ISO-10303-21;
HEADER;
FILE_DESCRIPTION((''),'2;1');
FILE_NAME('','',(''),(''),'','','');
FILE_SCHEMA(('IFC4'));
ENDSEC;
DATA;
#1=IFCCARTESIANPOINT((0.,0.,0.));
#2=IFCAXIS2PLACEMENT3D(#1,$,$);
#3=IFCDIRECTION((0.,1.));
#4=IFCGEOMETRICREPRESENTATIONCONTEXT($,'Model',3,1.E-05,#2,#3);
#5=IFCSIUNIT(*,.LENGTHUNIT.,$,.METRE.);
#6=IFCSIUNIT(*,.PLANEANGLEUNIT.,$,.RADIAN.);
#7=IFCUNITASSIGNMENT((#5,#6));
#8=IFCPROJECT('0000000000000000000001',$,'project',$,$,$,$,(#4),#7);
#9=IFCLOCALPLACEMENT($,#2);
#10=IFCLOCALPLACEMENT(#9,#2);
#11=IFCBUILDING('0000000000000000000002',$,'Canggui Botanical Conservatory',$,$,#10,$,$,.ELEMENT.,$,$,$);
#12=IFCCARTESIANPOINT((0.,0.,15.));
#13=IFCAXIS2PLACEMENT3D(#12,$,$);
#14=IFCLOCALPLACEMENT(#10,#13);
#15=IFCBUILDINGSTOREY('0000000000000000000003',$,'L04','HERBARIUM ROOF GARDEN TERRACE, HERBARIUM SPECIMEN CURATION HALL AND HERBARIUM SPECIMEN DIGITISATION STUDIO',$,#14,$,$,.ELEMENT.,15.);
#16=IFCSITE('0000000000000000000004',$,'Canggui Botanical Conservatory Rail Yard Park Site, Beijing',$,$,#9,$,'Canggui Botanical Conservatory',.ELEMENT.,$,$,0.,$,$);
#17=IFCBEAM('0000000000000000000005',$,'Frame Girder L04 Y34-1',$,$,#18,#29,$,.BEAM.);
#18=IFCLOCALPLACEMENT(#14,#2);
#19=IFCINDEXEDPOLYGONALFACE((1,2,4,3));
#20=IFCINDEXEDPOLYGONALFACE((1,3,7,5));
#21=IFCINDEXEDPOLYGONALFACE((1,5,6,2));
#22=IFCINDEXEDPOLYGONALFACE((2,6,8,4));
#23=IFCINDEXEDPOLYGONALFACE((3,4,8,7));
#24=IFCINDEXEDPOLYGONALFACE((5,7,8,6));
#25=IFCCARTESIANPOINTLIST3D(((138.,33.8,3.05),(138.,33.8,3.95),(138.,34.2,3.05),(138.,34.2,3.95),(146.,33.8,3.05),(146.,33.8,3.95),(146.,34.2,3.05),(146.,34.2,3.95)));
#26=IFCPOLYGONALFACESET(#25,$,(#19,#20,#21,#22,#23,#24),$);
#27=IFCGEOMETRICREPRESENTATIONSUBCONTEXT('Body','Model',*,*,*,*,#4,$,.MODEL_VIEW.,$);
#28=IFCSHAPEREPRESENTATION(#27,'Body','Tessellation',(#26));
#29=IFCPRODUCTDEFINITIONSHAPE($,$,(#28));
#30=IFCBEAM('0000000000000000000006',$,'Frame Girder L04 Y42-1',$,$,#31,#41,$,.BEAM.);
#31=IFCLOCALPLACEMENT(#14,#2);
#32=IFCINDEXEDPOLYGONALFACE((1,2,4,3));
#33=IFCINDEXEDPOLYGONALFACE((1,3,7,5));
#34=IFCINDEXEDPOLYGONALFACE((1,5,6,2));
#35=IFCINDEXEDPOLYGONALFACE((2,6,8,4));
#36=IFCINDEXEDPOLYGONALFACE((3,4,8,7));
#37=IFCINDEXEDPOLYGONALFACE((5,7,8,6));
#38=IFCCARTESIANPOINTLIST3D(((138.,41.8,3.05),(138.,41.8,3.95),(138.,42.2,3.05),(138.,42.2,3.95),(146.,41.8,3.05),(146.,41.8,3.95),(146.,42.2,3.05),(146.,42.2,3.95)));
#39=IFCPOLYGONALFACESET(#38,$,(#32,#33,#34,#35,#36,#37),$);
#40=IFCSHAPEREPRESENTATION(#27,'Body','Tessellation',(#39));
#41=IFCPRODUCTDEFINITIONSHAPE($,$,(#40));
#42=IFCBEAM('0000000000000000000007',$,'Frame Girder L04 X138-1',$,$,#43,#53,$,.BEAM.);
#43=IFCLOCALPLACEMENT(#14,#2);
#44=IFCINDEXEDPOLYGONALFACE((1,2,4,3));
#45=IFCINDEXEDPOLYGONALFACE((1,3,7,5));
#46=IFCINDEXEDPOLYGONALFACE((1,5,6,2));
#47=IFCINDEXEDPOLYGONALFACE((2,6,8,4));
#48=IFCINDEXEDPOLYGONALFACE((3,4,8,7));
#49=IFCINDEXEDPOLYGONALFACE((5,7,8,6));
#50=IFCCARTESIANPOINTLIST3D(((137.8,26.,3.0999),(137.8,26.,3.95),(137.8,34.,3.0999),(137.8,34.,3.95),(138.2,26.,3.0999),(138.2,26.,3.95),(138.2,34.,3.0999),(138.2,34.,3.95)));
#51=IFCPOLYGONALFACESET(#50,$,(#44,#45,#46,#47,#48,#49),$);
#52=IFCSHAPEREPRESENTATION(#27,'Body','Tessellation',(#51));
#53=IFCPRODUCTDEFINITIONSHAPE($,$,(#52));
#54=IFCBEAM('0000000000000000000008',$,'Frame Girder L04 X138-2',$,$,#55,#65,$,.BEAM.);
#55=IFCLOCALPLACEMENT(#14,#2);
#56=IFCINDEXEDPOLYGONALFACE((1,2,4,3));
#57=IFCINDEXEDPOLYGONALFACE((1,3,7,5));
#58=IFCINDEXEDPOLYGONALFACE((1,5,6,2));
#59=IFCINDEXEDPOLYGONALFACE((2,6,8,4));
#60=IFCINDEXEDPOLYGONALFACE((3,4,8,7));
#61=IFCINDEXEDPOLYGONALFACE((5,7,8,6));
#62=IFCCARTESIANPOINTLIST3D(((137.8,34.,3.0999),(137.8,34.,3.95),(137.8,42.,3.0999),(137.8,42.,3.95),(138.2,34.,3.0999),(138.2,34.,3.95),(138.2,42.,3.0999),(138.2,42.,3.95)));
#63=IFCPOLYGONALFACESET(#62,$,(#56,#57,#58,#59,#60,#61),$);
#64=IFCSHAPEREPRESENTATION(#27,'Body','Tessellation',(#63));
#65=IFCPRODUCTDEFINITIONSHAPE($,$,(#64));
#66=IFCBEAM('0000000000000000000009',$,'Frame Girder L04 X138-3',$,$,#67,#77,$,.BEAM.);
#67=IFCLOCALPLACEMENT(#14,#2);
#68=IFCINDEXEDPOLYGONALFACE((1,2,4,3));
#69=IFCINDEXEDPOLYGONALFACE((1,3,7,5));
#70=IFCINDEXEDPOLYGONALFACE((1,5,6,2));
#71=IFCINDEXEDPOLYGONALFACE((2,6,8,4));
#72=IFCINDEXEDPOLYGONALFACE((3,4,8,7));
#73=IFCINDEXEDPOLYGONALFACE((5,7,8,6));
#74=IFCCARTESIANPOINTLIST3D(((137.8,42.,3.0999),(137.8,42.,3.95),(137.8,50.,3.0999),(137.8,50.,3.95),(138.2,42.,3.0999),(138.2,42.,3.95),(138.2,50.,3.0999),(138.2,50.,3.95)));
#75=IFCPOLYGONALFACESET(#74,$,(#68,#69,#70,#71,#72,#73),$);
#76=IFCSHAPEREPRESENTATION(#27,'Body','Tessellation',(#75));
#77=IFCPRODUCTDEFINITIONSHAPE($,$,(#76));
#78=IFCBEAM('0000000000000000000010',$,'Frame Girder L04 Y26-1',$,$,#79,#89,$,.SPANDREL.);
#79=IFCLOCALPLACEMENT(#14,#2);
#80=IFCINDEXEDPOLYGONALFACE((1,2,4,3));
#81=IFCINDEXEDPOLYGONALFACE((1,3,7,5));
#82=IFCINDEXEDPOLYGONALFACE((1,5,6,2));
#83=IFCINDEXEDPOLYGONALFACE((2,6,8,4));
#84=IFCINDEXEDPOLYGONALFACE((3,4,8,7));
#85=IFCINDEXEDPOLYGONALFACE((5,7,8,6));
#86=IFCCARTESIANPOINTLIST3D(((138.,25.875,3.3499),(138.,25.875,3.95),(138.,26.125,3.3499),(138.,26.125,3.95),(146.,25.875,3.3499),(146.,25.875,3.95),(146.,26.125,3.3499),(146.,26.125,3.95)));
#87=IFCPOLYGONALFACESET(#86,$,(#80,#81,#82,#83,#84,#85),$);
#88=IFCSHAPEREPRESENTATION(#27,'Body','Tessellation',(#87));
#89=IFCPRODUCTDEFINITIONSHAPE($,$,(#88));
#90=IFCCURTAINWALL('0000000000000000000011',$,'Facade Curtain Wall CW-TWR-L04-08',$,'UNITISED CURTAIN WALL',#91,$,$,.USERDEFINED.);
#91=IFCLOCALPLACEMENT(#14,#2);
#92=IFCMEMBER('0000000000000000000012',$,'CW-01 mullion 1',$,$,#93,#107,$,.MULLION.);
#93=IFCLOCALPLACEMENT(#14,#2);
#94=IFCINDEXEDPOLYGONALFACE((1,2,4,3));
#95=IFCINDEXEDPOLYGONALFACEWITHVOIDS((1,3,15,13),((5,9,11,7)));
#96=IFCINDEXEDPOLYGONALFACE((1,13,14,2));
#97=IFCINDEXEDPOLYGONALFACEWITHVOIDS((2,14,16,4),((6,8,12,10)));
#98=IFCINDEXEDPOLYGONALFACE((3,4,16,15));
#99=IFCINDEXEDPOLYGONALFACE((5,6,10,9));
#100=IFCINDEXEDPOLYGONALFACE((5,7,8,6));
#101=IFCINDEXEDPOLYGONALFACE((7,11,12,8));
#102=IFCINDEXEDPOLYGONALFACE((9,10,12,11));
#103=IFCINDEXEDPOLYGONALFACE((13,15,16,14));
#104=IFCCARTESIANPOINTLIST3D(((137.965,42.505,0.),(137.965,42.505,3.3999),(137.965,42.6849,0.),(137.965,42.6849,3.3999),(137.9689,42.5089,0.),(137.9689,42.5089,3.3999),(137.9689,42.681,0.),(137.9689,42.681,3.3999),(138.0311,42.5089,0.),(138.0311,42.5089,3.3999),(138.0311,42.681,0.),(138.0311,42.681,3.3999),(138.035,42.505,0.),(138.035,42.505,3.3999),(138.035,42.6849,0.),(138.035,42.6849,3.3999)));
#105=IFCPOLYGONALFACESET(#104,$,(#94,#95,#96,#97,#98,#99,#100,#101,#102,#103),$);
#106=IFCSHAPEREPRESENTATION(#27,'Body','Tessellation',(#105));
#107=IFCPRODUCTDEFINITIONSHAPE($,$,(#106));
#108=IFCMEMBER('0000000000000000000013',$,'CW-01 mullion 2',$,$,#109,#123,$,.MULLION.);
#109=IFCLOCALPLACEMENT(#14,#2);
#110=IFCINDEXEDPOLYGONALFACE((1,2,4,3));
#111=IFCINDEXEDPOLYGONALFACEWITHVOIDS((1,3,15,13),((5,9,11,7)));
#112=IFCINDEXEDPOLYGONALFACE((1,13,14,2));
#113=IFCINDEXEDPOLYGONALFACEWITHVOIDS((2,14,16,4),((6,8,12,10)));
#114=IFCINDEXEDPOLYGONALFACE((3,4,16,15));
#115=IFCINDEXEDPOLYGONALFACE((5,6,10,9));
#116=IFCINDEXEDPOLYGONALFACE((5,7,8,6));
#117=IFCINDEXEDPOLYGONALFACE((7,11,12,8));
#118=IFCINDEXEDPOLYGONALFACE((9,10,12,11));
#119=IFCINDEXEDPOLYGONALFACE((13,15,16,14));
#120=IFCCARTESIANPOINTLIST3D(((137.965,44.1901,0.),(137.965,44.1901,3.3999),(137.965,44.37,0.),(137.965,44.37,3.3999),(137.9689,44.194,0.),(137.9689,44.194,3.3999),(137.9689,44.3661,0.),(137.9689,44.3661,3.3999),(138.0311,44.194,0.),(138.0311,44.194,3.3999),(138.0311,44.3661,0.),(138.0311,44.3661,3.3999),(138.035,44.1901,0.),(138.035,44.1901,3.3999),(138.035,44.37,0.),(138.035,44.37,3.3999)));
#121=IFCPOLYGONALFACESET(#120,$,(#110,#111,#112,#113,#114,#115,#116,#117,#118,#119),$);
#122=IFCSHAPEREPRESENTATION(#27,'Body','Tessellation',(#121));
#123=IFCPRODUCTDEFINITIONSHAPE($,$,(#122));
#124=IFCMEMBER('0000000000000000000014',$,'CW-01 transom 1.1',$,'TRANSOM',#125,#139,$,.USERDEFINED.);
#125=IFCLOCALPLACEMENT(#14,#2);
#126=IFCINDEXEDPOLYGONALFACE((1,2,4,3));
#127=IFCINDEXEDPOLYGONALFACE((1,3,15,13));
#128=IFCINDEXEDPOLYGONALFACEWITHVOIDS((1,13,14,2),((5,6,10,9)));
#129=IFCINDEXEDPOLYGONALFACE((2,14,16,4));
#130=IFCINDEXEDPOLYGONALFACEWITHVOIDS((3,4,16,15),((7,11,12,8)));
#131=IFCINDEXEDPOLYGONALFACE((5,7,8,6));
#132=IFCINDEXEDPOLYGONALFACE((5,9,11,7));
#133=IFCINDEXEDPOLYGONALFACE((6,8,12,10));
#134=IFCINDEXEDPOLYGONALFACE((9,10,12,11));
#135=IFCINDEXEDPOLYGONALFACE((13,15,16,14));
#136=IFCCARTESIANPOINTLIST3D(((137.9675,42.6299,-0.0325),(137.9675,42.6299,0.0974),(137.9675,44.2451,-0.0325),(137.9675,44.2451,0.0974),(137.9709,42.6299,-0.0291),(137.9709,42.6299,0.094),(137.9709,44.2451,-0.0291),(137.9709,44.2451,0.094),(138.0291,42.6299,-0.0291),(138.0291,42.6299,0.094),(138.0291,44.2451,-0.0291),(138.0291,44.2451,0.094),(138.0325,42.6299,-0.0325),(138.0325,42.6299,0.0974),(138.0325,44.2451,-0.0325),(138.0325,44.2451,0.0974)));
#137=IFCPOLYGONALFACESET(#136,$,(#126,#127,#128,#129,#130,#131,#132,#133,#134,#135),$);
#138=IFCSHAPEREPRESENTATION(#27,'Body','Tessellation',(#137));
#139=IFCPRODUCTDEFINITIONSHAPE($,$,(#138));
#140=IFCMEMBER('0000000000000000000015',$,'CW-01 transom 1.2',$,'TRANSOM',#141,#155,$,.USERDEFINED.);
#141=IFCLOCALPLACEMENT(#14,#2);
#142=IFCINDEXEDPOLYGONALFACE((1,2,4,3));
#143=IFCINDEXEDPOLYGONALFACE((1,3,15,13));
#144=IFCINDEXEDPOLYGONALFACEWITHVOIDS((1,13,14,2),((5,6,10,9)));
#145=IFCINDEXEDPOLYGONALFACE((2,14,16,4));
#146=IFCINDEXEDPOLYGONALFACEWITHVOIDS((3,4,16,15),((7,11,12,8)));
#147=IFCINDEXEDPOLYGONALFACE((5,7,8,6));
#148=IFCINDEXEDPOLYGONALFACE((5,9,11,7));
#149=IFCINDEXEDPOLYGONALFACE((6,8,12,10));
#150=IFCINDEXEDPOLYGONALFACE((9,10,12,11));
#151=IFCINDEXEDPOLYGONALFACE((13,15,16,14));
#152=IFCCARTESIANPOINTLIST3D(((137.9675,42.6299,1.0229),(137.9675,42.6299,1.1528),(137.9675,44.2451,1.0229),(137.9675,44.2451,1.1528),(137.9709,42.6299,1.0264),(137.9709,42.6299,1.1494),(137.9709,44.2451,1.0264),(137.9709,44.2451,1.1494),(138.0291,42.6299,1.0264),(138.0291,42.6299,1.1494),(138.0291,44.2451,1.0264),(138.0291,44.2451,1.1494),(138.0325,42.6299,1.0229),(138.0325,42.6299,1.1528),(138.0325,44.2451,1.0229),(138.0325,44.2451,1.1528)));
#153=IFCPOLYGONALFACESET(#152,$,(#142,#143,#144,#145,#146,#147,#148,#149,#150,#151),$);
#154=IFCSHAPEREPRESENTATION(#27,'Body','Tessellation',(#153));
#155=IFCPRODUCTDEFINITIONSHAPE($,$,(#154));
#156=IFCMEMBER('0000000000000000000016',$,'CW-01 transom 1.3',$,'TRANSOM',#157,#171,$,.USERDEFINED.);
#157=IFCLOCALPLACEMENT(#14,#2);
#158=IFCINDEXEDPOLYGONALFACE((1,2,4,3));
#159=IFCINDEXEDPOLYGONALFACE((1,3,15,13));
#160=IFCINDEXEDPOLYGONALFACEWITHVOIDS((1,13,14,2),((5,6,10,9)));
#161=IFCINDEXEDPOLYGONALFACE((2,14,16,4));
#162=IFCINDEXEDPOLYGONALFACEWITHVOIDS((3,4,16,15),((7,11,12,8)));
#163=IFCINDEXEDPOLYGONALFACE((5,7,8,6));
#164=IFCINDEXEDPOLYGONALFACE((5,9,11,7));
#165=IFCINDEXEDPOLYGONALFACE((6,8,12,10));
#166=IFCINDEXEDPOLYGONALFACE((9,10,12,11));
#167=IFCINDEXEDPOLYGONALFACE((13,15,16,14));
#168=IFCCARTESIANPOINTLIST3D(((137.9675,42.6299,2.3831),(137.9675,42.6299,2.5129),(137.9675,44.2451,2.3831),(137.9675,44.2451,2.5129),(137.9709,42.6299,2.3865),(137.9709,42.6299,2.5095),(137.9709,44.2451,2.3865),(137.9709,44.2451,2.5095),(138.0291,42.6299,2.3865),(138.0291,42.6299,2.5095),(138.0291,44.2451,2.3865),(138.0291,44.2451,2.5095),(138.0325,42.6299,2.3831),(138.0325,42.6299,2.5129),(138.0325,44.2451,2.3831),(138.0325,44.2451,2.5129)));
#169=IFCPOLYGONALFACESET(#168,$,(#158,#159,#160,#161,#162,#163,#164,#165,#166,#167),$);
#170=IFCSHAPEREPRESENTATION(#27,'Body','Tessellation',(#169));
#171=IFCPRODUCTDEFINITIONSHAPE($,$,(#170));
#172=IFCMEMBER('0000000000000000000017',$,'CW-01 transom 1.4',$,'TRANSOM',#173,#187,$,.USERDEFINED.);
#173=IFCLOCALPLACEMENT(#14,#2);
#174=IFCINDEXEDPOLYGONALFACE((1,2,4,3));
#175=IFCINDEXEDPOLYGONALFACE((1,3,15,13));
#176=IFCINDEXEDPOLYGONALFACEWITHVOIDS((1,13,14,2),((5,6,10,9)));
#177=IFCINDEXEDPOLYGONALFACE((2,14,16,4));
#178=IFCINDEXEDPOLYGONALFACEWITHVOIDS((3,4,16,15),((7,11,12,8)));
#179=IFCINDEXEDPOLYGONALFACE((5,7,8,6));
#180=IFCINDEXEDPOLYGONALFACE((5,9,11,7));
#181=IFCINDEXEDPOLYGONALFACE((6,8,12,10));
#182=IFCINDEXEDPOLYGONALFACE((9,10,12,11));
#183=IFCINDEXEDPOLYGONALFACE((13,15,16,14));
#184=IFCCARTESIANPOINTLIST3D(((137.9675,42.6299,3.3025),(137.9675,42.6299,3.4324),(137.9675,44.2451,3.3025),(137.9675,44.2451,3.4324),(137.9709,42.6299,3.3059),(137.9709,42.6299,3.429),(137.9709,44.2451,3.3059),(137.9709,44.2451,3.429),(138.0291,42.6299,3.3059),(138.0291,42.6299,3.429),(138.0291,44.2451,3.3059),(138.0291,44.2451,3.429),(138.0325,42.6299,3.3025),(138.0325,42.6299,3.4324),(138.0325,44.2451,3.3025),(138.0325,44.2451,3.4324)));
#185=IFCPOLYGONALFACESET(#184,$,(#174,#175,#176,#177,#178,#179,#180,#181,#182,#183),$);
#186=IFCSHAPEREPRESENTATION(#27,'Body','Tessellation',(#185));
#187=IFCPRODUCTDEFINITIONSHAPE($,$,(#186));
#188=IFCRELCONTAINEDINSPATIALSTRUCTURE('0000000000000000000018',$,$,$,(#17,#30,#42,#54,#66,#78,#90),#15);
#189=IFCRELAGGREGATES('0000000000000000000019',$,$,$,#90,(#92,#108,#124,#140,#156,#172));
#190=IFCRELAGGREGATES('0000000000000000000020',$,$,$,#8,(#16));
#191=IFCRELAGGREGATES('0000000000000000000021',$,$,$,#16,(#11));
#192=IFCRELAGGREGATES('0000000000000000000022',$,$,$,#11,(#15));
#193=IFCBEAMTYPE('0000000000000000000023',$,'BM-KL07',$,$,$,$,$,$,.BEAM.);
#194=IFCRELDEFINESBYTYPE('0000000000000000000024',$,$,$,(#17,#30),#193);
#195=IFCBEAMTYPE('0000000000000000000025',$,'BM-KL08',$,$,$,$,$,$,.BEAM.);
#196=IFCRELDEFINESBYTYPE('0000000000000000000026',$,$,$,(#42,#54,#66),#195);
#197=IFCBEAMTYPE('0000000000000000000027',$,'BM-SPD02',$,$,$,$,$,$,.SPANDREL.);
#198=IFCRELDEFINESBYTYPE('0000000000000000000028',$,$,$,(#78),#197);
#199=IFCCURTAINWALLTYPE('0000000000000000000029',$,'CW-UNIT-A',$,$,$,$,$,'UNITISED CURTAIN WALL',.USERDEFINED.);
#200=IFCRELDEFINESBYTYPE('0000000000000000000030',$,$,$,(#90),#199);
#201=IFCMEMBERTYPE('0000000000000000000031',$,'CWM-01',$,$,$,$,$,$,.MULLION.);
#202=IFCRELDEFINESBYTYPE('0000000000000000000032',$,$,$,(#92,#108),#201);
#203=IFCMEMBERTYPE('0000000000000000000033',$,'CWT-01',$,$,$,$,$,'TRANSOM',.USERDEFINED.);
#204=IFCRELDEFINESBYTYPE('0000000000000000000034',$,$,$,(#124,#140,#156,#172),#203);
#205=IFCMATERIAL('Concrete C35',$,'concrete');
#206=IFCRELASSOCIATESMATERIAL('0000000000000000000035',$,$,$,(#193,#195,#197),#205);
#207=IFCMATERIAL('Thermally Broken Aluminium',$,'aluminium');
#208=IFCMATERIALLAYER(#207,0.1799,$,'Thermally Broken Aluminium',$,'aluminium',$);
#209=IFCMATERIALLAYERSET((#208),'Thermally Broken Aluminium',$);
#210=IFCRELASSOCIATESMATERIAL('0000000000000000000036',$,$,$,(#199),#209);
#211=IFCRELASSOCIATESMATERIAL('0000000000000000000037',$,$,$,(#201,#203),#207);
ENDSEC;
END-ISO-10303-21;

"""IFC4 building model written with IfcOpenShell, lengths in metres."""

from ifc_helpers import new_model, si_unit, direction, frame, origin, origin_2d, place, context, subcontext, project, spatial, rectangle, hollow_rectangle, extrude, material, layer, layer_set, material_profile, profile_set, type_object, element, aggregate, save


model = new_model("IFC4")

# Units and contexts
model_context = context("Model", 3, precision=1e-05, world=origin(), true_north=direction((0.0, 1.0)))
body_context = subcontext(model_context, "Body", "Model", "MODEL_VIEW")
ifc_project = project(units=[si_unit("LENGTHUNIT", "METRE"), si_unit("PLANEANGLEUNIT", "RADIAN")], contexts=[model_context])

# Site, building, storey
site_placement = place(None, origin())
site = spatial("IfcSite", under=ifc_project, at=site_placement, Name="Canggui Botanical Conservatory Rail Yard Park Site, Beijing", LongName="Canggui Botanical Conservatory", CompositionType="ELEMENT", RefElevation=0.0)
building_placement = place(site_placement, origin())
building = spatial("IfcBuilding", under=site, at=building_placement, Name="Canggui Botanical Conservatory", CompositionType="ELEMENT")
storey_placement = place(building_placement, frame((0.0, 0.0, 15.0)))
storey = spatial("IfcBuildingStorey", under=building, at=storey_placement, Name="L04", Description="HERBARIUM ROOF GARDEN TERRACE, HERBARIUM SPECIMEN CURATION HALL AND HERBARIUM SPECIMEN DIGITISATION STUDIO", CompositionType="ELEMENT", Elevation=15.0)

# Beams
ifc_material_1 = material(Name="Concrete C35", Category="concrete")
ifc_material_profile_1 = material_profile(ifc_material_1, rectangle(XDim=0.3999, YDim=0.8999, at=origin_2d()), Name="RB 400x900")
ifc_profile_set_1 = profile_set([ifc_material_profile_1], Name="Concrete C35")
beam_type_1 = type_object("IfcBeamType", Name="BM-KL07", PredefinedType="BEAM", material=ifc_profile_set_1)
for number, where, z_axis, x_axis, name in (
    (1, (138.0, 34.0, 3.5), (1.0, 0.0, 0.0), (0.0, 1.0, 0.0), "Frame Girder L04 Y34-1"),
    (2, (138.0, 42.0, 3.5), (1.0, 0.0, 0.0), (0.0, 1.0, 0.0), "Frame Girder L04 Y42-1"),
):
    element("IfcBeam", number, at=place(storey_placement, frame(where, z_axis=z_axis, x_axis=x_axis)), inside=storey, type_object=beam_type_1, Name=name, PredefinedType="BEAM", context=body_context, shape_type="SweptSolid", body=[
        extrude(rectangle(XDim=0.3999, YDim=0.8999, at=origin_2d()), origin(), (0.0, 0.0, 1.0), 8.0),
    ])
ifc_material_profile_2 = material_profile(ifc_material_1, rectangle(XDim=0.3999, YDim=0.8501, at=origin_2d()), Name="RB 400x850")
ifc_profile_set_2 = profile_set([ifc_material_profile_2], Name="Concrete C35")
beam_type_2 = type_object("IfcBeamType", Name="BM-KL08", PredefinedType="BEAM", material=ifc_profile_set_2)
for number, where, z_axis, x_axis, name in (
    (3, (138.0, 26.0, 3.5249), (0.0, 1.0, 0.0), (-1.0, 0.0, 0.0), "Frame Girder L04 X138-1"),
    (4, (138.0, 34.0, 3.5249), (0.0, 1.0, 0.0), (-1.0, 0.0, 0.0), "Frame Girder L04 X138-2"),
    (5, (138.0, 42.0, 3.5249), (0.0, 1.0, 0.0), (-1.0, 0.0, 0.0), "Frame Girder L04 X138-3"),
):
    element("IfcBeam", number, at=place(storey_placement, frame(where, z_axis=z_axis, x_axis=x_axis)), inside=storey, type_object=beam_type_2, Name=name, PredefinedType="BEAM", context=body_context, shape_type="SweptSolid", body=[
        extrude(rectangle(XDim=0.3999, YDim=0.8501, at=origin_2d()), origin(), (0.0, 0.0, 1.0), 8.0),
    ])
ifc_material_profile_3 = material_profile(ifc_material_1, rectangle(XDim=0.25, YDim=0.6001, at=origin_2d()), Name="RB 250x600")
ifc_profile_set_3 = profile_set([ifc_material_profile_3], Name="Concrete C35")
beam_type_3 = type_object("IfcBeamType", Name="BM-SPD02", PredefinedType="SPANDREL", material=ifc_profile_set_3)
beam_placement = place(storey_placement, frame((138.0, 26.0, 3.6499), z_axis=(1.0, 0.0, 0.0), x_axis=(0.0, 1.0, 0.0)))
element("IfcBeam", 6, at=beam_placement, inside=storey, type_object=beam_type_3, Name="Frame Girder L04 Y26-1", PredefinedType="SPANDREL", context=body_context, shape_type="SweptSolid", body=[
    extrude(rectangle(XDim=0.25, YDim=0.6001, at=origin_2d()), origin(), (0.0, 0.0, 1.0), 8.0),
])

# Curtain wall, members
ifc_material_2 = material(Name="Thermally Broken Aluminium", Category="aluminium")
ifc_layer_1 = layer(ifc_material_2, 0.1799, Name="Thermally Broken Aluminium", Category="aluminium")
ifc_layer_set_1 = layer_set([ifc_layer_1], Name="Thermally Broken Aluminium")
curtain_wall_type = type_object("IfcCurtainWallType", Name="CW-UNIT-A", ElementType="UNITISED CURTAIN WALL", PredefinedType="USERDEFINED", material=ifc_layer_set_1)
curtain_wall_placement = place(storey_placement, origin())
curtain_wall = element("IfcCurtainWall", 7, at=curtain_wall_placement, inside=storey, type_object=curtain_wall_type, Name="Facade Curtain Wall CW-TWR-L04-08", ObjectType="UNITISED CURTAIN WALL", PredefinedType="USERDEFINED")
ifc_material_profile_4 = material_profile(ifc_material_2, hollow_rectangle(XDim=0.0701, YDim=0.1799, WallThickness=0.0039, at=origin_2d()), Name="CWM 70x180x4")
ifc_profile_set_4 = profile_set([ifc_material_profile_4], Name="Thermally Broken Aluminium")
member_type_1 = type_object("IfcMemberType", Name="CWM-01", PredefinedType="MULLION", material=ifc_profile_set_4)
member_1_placement = place(storey_placement, frame((138.0, 42.595, 0.0), z_axis=(0.0, 0.0, 1.0), x_axis=(-1.0, 0.0, 0.0)))
member_1 = element("IfcMember", 8, at=member_1_placement, type_object=member_type_1, Name="CW-01 mullion 1", PredefinedType="MULLION", context=body_context, shape_type="SweptSolid", body=[
    extrude(hollow_rectangle(XDim=0.0701, YDim=0.1799, WallThickness=0.0039, at=origin_2d()), origin(), (0.0, 0.0, 1.0), 3.3999),
])
member_2_placement = place(storey_placement, frame((138.0, 44.28, 0.0), z_axis=(0.0, 0.0, 1.0), x_axis=(-1.0, 0.0, 0.0)))
member_2 = element("IfcMember", 9, at=member_2_placement, type_object=member_type_1, Name="CW-01 mullion 2", PredefinedType="MULLION", context=body_context, shape_type="SweptSolid", body=[
    extrude(hollow_rectangle(XDim=0.0701, YDim=0.1799, WallThickness=0.0039, at=origin_2d()), origin(), (0.0, 0.0, 1.0), 3.3999),
])
ifc_material_profile_5 = material_profile(ifc_material_2, hollow_rectangle(XDim=0.0649, YDim=0.1299, WallThickness=0.0034, at=origin_2d()), Name="CWT 65x130x3.5")
ifc_profile_set_5 = profile_set([ifc_material_profile_5], Name="Thermally Broken Aluminium")
member_type_2 = type_object("IfcMemberType", Name="CWT-01", ElementType="TRANSOM", PredefinedType="USERDEFINED", material=ifc_profile_set_5)
member_3_placement = place(storey_placement, frame((138.0, 42.6299, 0.0325), z_axis=(0.0, 1.0, 0.0), x_axis=(-1.0, 0.0, 0.0)))
member_3 = element("IfcMember", 10, at=member_3_placement, type_object=member_type_2, Name="CW-01 transom 1.1", ObjectType="TRANSOM", PredefinedType="USERDEFINED", context=body_context, shape_type="SweptSolid", body=[
    extrude(hollow_rectangle(XDim=0.0649, YDim=0.1299, WallThickness=0.0034, at=origin_2d()), origin(), (0.0, 0.0, 1.0), 1.6152),
])
member_4_placement = place(storey_placement, frame((138.0, 42.6299, 1.0879), z_axis=(0.0, 1.0, 0.0), x_axis=(-1.0, 0.0, 0.0)))
member_4 = element("IfcMember", 11, at=member_4_placement, type_object=member_type_2, Name="CW-01 transom 1.2", ObjectType="TRANSOM", PredefinedType="USERDEFINED", context=body_context, shape_type="SweptSolid", body=[
    extrude(hollow_rectangle(XDim=0.0649, YDim=0.1299, WallThickness=0.0034, at=origin_2d()), origin(), (0.0, 0.0, 1.0), 1.6152),
])
member_5_placement = place(storey_placement, frame((138.0, 42.6299, 2.448), z_axis=(0.0, 1.0, 0.0), x_axis=(-1.0, 0.0, 0.0)))
member_5 = element("IfcMember", 12, at=member_5_placement, type_object=member_type_2, Name="CW-01 transom 1.3", ObjectType="TRANSOM", PredefinedType="USERDEFINED", context=body_context, shape_type="SweptSolid", body=[
    extrude(hollow_rectangle(XDim=0.0649, YDim=0.1299, WallThickness=0.0034, at=origin_2d()), origin(), (0.0, 0.0, 1.0), 1.6152),
])
member_6_placement = place(storey_placement, frame((138.0, 42.6299, 3.3674), z_axis=(0.0, 1.0, 0.0), x_axis=(-1.0, 0.0, 0.0)))
member_6 = element("IfcMember", 13, at=member_6_placement, type_object=member_type_2, Name="CW-01 transom 1.4", ObjectType="TRANSOM", PredefinedType="USERDEFINED", context=body_context, shape_type="SweptSolid", body=[
    extrude(hollow_rectangle(XDim=0.0649, YDim=0.1299, WallThickness=0.0034, at=origin_2d()), origin(), (0.0, 0.0, 1.0), 1.6152),
])
aggregate(curtain_wall, [member_1, member_2, member_3, member_4, member_5, member_6])

save(model, "model.ifc")
